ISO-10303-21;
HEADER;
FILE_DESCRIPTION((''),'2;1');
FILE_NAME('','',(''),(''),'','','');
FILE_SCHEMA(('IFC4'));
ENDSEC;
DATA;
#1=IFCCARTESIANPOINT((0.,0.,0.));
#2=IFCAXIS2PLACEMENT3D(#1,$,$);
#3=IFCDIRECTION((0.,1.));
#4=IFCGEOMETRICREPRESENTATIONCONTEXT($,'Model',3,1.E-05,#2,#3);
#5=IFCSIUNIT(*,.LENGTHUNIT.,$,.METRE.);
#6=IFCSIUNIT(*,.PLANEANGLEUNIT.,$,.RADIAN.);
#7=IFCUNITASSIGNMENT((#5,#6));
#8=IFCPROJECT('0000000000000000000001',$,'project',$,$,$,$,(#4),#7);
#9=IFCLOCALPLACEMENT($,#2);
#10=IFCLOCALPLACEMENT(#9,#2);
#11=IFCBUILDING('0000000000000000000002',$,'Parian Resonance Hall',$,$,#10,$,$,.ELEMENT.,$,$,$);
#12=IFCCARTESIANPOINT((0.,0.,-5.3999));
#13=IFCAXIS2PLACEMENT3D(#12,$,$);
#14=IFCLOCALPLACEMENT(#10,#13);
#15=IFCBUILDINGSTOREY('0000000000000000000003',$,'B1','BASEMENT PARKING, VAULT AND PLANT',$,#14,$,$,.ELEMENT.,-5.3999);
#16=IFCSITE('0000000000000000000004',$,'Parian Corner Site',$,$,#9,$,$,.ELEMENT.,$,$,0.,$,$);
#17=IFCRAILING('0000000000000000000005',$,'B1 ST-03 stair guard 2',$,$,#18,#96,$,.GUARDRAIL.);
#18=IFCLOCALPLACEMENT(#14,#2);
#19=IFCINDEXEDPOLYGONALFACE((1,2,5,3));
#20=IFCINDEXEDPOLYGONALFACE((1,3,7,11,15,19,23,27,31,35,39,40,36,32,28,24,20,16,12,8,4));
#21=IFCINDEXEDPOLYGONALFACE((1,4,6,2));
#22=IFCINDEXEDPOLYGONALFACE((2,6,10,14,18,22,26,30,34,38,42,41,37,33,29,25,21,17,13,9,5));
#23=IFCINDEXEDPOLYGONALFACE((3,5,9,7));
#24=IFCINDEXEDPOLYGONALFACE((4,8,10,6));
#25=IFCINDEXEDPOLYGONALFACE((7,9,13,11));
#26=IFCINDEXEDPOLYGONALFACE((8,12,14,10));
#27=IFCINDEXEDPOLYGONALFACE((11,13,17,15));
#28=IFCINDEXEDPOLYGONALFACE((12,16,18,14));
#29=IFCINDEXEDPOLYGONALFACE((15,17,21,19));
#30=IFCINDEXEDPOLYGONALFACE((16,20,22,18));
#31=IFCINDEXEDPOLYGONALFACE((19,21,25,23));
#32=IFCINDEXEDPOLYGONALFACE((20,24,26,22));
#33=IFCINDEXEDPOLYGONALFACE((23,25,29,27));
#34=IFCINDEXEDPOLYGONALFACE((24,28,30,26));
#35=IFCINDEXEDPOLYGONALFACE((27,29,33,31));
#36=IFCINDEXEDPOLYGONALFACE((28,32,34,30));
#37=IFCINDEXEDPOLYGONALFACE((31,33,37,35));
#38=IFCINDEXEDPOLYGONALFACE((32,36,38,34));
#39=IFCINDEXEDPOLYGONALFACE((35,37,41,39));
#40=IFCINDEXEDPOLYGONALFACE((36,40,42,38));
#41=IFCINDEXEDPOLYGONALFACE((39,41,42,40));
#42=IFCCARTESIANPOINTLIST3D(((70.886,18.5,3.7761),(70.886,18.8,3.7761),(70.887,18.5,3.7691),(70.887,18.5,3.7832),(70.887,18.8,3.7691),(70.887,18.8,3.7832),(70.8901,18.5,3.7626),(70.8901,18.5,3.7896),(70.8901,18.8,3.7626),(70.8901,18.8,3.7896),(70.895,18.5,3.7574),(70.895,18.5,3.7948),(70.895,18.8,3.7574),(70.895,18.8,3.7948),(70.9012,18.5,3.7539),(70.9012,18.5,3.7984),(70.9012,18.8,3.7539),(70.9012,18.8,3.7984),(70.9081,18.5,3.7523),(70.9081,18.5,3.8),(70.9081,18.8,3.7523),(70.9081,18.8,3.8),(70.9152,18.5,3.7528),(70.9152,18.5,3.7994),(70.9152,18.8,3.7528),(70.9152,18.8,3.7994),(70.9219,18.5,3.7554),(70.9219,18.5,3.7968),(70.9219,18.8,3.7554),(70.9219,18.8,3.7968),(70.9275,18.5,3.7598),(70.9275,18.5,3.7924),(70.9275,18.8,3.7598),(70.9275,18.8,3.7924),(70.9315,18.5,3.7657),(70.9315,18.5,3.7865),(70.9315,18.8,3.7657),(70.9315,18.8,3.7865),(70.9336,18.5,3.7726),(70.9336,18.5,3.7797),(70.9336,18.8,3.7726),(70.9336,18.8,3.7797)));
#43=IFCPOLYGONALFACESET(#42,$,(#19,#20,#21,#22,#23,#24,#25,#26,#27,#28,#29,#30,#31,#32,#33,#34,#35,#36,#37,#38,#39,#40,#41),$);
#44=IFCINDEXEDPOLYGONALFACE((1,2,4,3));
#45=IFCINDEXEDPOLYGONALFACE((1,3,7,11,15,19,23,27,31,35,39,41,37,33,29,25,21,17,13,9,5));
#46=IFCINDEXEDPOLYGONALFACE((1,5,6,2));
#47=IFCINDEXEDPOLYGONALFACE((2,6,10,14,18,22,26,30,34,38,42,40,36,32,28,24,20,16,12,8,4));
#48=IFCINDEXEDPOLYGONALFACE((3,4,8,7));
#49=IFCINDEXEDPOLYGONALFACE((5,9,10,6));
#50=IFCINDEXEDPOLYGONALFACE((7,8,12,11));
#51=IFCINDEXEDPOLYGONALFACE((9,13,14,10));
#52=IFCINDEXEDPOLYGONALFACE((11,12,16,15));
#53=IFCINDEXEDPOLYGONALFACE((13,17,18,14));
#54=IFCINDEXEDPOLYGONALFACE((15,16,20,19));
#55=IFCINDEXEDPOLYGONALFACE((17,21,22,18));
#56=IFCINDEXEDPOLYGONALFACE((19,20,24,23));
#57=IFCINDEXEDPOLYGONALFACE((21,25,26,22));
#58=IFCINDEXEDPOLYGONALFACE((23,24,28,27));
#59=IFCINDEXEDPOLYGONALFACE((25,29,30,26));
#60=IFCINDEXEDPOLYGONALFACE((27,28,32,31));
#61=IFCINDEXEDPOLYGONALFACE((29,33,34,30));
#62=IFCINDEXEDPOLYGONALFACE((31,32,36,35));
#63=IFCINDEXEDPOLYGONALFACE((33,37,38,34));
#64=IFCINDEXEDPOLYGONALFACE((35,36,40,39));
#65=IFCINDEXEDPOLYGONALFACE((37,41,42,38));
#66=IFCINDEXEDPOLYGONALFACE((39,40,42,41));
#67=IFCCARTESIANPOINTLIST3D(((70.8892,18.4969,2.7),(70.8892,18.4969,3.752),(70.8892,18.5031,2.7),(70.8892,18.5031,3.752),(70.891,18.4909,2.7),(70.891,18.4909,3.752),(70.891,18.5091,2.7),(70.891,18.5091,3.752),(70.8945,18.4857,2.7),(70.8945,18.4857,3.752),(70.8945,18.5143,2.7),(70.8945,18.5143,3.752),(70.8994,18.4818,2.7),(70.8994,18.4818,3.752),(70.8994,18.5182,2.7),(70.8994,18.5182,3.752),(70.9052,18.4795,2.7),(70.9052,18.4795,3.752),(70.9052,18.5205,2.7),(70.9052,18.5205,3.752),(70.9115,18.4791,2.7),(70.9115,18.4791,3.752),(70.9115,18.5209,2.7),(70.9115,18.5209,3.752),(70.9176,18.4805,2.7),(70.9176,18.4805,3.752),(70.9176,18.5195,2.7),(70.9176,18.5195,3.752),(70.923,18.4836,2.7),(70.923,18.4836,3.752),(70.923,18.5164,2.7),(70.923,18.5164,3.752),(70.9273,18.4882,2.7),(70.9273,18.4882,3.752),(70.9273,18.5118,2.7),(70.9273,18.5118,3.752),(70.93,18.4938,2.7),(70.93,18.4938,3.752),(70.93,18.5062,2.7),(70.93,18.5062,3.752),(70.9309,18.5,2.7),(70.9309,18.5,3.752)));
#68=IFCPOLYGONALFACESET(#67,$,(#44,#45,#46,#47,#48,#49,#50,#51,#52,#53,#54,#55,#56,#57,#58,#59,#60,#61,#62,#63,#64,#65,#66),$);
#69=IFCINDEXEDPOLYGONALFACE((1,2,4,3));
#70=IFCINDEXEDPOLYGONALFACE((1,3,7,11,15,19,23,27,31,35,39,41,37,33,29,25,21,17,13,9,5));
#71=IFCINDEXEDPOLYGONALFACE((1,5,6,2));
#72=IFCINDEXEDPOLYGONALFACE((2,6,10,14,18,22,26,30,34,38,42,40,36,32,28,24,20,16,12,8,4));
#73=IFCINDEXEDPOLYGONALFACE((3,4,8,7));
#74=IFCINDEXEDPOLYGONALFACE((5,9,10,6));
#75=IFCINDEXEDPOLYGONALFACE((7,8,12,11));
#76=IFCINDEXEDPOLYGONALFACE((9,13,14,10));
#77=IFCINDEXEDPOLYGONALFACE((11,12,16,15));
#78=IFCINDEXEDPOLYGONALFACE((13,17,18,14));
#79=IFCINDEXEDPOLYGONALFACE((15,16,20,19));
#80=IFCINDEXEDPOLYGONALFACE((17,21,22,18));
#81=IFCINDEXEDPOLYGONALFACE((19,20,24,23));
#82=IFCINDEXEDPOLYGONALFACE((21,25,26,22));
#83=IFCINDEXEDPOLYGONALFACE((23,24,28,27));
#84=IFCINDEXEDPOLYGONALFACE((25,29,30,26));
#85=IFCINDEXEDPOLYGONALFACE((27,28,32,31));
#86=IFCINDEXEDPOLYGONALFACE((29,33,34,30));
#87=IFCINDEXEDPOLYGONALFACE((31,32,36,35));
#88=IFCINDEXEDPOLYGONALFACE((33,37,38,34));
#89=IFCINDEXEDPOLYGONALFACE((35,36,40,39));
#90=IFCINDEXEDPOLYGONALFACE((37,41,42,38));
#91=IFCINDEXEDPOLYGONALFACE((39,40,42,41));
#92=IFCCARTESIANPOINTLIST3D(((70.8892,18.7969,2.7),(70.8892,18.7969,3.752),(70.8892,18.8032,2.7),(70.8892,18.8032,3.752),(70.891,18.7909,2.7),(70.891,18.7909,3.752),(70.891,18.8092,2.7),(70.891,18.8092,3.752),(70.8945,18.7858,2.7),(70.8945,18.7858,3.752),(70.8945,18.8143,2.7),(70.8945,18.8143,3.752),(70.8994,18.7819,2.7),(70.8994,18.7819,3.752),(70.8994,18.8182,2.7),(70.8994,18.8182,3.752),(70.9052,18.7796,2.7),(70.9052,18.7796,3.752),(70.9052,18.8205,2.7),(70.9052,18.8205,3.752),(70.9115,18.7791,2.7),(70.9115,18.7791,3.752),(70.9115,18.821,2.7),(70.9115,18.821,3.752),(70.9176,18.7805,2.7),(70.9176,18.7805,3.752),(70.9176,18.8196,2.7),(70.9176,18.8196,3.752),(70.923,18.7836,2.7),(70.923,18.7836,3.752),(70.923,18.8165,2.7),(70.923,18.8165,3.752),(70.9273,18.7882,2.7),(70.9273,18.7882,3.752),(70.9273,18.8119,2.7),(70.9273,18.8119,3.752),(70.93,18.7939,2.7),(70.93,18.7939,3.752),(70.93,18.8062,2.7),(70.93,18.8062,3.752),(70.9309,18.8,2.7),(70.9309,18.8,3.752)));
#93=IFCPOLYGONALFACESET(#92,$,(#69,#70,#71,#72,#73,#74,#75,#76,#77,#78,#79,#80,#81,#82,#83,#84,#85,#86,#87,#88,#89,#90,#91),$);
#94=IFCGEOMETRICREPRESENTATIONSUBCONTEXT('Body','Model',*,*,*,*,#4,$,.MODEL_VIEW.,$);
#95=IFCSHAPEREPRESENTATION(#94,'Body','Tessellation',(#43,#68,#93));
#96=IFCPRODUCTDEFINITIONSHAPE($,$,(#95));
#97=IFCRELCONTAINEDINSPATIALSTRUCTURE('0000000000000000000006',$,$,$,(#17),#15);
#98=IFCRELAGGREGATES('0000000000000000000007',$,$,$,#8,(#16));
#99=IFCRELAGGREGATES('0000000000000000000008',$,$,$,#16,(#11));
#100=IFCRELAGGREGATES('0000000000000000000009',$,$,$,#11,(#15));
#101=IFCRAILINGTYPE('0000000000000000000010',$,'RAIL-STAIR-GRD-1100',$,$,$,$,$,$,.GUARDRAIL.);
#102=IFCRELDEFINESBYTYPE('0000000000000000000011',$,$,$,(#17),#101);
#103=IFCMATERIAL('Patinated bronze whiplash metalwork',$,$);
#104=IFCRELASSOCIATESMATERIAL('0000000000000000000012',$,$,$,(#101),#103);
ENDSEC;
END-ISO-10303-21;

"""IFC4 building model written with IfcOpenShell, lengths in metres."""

from ifc_helpers import new_model, si_unit, direction, frame, origin, origin_2d, place, context, subcontext, project, spatial, circle, extrude, material, type_object, element, save


model = new_model("IFC4")

# Units and contexts
model_context = context("Model", 3, precision=1e-05, world=origin(), true_north=direction((0.0, 1.0)))
body_context = subcontext(model_context, "Body", "Model", "MODEL_VIEW")
ifc_project = project(units=[si_unit("LENGTHUNIT", "METRE"), si_unit("PLANEANGLEUNIT", "RADIAN")], contexts=[model_context])

# Site, building, storey
site_placement = place(None, origin())
site = spatial("IfcSite", under=ifc_project, at=site_placement, Name="Parian Corner Site", CompositionType="ELEMENT", RefElevation=0.0)
building_placement = place(site_placement, origin())
building = spatial("IfcBuilding", under=site, at=building_placement, Name="Parian Resonance Hall", CompositionType="ELEMENT")
storey_placement = place(building_placement, frame((0.0, 0.0, -5.3999)))
storey = spatial("IfcBuildingStorey", under=building, at=storey_placement, Name="B1", Description="BASEMENT PARKING, VAULT AND PLANT", CompositionType="ELEMENT", Elevation=-5.3999)

# Railing
ifc_material_1 = material(Name="Patinated bronze whiplash metalwork")
railing_type_1 = type_object("IfcRailingType", Name="RAIL-STAIR-GRD-1100", PredefinedType="GUARDRAIL", material=ifc_material_1)
railing_1_placement = place(storey_placement, frame((70.9099, 18.5, 2.7)))
element("IfcRailing", 1, at=railing_1_placement, inside=storey, type_object=railing_type_1, Name="B1 ST-03 stair guard 2", PredefinedType="GUARDRAIL", context=body_context, shape_type="SweptSolid", body=[
    extrude(circle(Radius=0.0239, at=origin_2d()), frame((0.0, 0.0, 1.0762), z_axis=(0.0, 1.0, 0.0), x_axis=(-1.0, 0.0, 0.0)), (0.0, 0.0, 1.0), 0.3),
    extrude(circle(Radius=0.021, at=origin_2d()), origin(), (0.0, 0.0, 1.0), 1.052),
    extrude(circle(Radius=0.021, at=origin_2d()), frame((0.0, 0.3, 0.0)), (0.0, 0.0, 1.0), 1.052),
])

save(model, "model.ifc")
